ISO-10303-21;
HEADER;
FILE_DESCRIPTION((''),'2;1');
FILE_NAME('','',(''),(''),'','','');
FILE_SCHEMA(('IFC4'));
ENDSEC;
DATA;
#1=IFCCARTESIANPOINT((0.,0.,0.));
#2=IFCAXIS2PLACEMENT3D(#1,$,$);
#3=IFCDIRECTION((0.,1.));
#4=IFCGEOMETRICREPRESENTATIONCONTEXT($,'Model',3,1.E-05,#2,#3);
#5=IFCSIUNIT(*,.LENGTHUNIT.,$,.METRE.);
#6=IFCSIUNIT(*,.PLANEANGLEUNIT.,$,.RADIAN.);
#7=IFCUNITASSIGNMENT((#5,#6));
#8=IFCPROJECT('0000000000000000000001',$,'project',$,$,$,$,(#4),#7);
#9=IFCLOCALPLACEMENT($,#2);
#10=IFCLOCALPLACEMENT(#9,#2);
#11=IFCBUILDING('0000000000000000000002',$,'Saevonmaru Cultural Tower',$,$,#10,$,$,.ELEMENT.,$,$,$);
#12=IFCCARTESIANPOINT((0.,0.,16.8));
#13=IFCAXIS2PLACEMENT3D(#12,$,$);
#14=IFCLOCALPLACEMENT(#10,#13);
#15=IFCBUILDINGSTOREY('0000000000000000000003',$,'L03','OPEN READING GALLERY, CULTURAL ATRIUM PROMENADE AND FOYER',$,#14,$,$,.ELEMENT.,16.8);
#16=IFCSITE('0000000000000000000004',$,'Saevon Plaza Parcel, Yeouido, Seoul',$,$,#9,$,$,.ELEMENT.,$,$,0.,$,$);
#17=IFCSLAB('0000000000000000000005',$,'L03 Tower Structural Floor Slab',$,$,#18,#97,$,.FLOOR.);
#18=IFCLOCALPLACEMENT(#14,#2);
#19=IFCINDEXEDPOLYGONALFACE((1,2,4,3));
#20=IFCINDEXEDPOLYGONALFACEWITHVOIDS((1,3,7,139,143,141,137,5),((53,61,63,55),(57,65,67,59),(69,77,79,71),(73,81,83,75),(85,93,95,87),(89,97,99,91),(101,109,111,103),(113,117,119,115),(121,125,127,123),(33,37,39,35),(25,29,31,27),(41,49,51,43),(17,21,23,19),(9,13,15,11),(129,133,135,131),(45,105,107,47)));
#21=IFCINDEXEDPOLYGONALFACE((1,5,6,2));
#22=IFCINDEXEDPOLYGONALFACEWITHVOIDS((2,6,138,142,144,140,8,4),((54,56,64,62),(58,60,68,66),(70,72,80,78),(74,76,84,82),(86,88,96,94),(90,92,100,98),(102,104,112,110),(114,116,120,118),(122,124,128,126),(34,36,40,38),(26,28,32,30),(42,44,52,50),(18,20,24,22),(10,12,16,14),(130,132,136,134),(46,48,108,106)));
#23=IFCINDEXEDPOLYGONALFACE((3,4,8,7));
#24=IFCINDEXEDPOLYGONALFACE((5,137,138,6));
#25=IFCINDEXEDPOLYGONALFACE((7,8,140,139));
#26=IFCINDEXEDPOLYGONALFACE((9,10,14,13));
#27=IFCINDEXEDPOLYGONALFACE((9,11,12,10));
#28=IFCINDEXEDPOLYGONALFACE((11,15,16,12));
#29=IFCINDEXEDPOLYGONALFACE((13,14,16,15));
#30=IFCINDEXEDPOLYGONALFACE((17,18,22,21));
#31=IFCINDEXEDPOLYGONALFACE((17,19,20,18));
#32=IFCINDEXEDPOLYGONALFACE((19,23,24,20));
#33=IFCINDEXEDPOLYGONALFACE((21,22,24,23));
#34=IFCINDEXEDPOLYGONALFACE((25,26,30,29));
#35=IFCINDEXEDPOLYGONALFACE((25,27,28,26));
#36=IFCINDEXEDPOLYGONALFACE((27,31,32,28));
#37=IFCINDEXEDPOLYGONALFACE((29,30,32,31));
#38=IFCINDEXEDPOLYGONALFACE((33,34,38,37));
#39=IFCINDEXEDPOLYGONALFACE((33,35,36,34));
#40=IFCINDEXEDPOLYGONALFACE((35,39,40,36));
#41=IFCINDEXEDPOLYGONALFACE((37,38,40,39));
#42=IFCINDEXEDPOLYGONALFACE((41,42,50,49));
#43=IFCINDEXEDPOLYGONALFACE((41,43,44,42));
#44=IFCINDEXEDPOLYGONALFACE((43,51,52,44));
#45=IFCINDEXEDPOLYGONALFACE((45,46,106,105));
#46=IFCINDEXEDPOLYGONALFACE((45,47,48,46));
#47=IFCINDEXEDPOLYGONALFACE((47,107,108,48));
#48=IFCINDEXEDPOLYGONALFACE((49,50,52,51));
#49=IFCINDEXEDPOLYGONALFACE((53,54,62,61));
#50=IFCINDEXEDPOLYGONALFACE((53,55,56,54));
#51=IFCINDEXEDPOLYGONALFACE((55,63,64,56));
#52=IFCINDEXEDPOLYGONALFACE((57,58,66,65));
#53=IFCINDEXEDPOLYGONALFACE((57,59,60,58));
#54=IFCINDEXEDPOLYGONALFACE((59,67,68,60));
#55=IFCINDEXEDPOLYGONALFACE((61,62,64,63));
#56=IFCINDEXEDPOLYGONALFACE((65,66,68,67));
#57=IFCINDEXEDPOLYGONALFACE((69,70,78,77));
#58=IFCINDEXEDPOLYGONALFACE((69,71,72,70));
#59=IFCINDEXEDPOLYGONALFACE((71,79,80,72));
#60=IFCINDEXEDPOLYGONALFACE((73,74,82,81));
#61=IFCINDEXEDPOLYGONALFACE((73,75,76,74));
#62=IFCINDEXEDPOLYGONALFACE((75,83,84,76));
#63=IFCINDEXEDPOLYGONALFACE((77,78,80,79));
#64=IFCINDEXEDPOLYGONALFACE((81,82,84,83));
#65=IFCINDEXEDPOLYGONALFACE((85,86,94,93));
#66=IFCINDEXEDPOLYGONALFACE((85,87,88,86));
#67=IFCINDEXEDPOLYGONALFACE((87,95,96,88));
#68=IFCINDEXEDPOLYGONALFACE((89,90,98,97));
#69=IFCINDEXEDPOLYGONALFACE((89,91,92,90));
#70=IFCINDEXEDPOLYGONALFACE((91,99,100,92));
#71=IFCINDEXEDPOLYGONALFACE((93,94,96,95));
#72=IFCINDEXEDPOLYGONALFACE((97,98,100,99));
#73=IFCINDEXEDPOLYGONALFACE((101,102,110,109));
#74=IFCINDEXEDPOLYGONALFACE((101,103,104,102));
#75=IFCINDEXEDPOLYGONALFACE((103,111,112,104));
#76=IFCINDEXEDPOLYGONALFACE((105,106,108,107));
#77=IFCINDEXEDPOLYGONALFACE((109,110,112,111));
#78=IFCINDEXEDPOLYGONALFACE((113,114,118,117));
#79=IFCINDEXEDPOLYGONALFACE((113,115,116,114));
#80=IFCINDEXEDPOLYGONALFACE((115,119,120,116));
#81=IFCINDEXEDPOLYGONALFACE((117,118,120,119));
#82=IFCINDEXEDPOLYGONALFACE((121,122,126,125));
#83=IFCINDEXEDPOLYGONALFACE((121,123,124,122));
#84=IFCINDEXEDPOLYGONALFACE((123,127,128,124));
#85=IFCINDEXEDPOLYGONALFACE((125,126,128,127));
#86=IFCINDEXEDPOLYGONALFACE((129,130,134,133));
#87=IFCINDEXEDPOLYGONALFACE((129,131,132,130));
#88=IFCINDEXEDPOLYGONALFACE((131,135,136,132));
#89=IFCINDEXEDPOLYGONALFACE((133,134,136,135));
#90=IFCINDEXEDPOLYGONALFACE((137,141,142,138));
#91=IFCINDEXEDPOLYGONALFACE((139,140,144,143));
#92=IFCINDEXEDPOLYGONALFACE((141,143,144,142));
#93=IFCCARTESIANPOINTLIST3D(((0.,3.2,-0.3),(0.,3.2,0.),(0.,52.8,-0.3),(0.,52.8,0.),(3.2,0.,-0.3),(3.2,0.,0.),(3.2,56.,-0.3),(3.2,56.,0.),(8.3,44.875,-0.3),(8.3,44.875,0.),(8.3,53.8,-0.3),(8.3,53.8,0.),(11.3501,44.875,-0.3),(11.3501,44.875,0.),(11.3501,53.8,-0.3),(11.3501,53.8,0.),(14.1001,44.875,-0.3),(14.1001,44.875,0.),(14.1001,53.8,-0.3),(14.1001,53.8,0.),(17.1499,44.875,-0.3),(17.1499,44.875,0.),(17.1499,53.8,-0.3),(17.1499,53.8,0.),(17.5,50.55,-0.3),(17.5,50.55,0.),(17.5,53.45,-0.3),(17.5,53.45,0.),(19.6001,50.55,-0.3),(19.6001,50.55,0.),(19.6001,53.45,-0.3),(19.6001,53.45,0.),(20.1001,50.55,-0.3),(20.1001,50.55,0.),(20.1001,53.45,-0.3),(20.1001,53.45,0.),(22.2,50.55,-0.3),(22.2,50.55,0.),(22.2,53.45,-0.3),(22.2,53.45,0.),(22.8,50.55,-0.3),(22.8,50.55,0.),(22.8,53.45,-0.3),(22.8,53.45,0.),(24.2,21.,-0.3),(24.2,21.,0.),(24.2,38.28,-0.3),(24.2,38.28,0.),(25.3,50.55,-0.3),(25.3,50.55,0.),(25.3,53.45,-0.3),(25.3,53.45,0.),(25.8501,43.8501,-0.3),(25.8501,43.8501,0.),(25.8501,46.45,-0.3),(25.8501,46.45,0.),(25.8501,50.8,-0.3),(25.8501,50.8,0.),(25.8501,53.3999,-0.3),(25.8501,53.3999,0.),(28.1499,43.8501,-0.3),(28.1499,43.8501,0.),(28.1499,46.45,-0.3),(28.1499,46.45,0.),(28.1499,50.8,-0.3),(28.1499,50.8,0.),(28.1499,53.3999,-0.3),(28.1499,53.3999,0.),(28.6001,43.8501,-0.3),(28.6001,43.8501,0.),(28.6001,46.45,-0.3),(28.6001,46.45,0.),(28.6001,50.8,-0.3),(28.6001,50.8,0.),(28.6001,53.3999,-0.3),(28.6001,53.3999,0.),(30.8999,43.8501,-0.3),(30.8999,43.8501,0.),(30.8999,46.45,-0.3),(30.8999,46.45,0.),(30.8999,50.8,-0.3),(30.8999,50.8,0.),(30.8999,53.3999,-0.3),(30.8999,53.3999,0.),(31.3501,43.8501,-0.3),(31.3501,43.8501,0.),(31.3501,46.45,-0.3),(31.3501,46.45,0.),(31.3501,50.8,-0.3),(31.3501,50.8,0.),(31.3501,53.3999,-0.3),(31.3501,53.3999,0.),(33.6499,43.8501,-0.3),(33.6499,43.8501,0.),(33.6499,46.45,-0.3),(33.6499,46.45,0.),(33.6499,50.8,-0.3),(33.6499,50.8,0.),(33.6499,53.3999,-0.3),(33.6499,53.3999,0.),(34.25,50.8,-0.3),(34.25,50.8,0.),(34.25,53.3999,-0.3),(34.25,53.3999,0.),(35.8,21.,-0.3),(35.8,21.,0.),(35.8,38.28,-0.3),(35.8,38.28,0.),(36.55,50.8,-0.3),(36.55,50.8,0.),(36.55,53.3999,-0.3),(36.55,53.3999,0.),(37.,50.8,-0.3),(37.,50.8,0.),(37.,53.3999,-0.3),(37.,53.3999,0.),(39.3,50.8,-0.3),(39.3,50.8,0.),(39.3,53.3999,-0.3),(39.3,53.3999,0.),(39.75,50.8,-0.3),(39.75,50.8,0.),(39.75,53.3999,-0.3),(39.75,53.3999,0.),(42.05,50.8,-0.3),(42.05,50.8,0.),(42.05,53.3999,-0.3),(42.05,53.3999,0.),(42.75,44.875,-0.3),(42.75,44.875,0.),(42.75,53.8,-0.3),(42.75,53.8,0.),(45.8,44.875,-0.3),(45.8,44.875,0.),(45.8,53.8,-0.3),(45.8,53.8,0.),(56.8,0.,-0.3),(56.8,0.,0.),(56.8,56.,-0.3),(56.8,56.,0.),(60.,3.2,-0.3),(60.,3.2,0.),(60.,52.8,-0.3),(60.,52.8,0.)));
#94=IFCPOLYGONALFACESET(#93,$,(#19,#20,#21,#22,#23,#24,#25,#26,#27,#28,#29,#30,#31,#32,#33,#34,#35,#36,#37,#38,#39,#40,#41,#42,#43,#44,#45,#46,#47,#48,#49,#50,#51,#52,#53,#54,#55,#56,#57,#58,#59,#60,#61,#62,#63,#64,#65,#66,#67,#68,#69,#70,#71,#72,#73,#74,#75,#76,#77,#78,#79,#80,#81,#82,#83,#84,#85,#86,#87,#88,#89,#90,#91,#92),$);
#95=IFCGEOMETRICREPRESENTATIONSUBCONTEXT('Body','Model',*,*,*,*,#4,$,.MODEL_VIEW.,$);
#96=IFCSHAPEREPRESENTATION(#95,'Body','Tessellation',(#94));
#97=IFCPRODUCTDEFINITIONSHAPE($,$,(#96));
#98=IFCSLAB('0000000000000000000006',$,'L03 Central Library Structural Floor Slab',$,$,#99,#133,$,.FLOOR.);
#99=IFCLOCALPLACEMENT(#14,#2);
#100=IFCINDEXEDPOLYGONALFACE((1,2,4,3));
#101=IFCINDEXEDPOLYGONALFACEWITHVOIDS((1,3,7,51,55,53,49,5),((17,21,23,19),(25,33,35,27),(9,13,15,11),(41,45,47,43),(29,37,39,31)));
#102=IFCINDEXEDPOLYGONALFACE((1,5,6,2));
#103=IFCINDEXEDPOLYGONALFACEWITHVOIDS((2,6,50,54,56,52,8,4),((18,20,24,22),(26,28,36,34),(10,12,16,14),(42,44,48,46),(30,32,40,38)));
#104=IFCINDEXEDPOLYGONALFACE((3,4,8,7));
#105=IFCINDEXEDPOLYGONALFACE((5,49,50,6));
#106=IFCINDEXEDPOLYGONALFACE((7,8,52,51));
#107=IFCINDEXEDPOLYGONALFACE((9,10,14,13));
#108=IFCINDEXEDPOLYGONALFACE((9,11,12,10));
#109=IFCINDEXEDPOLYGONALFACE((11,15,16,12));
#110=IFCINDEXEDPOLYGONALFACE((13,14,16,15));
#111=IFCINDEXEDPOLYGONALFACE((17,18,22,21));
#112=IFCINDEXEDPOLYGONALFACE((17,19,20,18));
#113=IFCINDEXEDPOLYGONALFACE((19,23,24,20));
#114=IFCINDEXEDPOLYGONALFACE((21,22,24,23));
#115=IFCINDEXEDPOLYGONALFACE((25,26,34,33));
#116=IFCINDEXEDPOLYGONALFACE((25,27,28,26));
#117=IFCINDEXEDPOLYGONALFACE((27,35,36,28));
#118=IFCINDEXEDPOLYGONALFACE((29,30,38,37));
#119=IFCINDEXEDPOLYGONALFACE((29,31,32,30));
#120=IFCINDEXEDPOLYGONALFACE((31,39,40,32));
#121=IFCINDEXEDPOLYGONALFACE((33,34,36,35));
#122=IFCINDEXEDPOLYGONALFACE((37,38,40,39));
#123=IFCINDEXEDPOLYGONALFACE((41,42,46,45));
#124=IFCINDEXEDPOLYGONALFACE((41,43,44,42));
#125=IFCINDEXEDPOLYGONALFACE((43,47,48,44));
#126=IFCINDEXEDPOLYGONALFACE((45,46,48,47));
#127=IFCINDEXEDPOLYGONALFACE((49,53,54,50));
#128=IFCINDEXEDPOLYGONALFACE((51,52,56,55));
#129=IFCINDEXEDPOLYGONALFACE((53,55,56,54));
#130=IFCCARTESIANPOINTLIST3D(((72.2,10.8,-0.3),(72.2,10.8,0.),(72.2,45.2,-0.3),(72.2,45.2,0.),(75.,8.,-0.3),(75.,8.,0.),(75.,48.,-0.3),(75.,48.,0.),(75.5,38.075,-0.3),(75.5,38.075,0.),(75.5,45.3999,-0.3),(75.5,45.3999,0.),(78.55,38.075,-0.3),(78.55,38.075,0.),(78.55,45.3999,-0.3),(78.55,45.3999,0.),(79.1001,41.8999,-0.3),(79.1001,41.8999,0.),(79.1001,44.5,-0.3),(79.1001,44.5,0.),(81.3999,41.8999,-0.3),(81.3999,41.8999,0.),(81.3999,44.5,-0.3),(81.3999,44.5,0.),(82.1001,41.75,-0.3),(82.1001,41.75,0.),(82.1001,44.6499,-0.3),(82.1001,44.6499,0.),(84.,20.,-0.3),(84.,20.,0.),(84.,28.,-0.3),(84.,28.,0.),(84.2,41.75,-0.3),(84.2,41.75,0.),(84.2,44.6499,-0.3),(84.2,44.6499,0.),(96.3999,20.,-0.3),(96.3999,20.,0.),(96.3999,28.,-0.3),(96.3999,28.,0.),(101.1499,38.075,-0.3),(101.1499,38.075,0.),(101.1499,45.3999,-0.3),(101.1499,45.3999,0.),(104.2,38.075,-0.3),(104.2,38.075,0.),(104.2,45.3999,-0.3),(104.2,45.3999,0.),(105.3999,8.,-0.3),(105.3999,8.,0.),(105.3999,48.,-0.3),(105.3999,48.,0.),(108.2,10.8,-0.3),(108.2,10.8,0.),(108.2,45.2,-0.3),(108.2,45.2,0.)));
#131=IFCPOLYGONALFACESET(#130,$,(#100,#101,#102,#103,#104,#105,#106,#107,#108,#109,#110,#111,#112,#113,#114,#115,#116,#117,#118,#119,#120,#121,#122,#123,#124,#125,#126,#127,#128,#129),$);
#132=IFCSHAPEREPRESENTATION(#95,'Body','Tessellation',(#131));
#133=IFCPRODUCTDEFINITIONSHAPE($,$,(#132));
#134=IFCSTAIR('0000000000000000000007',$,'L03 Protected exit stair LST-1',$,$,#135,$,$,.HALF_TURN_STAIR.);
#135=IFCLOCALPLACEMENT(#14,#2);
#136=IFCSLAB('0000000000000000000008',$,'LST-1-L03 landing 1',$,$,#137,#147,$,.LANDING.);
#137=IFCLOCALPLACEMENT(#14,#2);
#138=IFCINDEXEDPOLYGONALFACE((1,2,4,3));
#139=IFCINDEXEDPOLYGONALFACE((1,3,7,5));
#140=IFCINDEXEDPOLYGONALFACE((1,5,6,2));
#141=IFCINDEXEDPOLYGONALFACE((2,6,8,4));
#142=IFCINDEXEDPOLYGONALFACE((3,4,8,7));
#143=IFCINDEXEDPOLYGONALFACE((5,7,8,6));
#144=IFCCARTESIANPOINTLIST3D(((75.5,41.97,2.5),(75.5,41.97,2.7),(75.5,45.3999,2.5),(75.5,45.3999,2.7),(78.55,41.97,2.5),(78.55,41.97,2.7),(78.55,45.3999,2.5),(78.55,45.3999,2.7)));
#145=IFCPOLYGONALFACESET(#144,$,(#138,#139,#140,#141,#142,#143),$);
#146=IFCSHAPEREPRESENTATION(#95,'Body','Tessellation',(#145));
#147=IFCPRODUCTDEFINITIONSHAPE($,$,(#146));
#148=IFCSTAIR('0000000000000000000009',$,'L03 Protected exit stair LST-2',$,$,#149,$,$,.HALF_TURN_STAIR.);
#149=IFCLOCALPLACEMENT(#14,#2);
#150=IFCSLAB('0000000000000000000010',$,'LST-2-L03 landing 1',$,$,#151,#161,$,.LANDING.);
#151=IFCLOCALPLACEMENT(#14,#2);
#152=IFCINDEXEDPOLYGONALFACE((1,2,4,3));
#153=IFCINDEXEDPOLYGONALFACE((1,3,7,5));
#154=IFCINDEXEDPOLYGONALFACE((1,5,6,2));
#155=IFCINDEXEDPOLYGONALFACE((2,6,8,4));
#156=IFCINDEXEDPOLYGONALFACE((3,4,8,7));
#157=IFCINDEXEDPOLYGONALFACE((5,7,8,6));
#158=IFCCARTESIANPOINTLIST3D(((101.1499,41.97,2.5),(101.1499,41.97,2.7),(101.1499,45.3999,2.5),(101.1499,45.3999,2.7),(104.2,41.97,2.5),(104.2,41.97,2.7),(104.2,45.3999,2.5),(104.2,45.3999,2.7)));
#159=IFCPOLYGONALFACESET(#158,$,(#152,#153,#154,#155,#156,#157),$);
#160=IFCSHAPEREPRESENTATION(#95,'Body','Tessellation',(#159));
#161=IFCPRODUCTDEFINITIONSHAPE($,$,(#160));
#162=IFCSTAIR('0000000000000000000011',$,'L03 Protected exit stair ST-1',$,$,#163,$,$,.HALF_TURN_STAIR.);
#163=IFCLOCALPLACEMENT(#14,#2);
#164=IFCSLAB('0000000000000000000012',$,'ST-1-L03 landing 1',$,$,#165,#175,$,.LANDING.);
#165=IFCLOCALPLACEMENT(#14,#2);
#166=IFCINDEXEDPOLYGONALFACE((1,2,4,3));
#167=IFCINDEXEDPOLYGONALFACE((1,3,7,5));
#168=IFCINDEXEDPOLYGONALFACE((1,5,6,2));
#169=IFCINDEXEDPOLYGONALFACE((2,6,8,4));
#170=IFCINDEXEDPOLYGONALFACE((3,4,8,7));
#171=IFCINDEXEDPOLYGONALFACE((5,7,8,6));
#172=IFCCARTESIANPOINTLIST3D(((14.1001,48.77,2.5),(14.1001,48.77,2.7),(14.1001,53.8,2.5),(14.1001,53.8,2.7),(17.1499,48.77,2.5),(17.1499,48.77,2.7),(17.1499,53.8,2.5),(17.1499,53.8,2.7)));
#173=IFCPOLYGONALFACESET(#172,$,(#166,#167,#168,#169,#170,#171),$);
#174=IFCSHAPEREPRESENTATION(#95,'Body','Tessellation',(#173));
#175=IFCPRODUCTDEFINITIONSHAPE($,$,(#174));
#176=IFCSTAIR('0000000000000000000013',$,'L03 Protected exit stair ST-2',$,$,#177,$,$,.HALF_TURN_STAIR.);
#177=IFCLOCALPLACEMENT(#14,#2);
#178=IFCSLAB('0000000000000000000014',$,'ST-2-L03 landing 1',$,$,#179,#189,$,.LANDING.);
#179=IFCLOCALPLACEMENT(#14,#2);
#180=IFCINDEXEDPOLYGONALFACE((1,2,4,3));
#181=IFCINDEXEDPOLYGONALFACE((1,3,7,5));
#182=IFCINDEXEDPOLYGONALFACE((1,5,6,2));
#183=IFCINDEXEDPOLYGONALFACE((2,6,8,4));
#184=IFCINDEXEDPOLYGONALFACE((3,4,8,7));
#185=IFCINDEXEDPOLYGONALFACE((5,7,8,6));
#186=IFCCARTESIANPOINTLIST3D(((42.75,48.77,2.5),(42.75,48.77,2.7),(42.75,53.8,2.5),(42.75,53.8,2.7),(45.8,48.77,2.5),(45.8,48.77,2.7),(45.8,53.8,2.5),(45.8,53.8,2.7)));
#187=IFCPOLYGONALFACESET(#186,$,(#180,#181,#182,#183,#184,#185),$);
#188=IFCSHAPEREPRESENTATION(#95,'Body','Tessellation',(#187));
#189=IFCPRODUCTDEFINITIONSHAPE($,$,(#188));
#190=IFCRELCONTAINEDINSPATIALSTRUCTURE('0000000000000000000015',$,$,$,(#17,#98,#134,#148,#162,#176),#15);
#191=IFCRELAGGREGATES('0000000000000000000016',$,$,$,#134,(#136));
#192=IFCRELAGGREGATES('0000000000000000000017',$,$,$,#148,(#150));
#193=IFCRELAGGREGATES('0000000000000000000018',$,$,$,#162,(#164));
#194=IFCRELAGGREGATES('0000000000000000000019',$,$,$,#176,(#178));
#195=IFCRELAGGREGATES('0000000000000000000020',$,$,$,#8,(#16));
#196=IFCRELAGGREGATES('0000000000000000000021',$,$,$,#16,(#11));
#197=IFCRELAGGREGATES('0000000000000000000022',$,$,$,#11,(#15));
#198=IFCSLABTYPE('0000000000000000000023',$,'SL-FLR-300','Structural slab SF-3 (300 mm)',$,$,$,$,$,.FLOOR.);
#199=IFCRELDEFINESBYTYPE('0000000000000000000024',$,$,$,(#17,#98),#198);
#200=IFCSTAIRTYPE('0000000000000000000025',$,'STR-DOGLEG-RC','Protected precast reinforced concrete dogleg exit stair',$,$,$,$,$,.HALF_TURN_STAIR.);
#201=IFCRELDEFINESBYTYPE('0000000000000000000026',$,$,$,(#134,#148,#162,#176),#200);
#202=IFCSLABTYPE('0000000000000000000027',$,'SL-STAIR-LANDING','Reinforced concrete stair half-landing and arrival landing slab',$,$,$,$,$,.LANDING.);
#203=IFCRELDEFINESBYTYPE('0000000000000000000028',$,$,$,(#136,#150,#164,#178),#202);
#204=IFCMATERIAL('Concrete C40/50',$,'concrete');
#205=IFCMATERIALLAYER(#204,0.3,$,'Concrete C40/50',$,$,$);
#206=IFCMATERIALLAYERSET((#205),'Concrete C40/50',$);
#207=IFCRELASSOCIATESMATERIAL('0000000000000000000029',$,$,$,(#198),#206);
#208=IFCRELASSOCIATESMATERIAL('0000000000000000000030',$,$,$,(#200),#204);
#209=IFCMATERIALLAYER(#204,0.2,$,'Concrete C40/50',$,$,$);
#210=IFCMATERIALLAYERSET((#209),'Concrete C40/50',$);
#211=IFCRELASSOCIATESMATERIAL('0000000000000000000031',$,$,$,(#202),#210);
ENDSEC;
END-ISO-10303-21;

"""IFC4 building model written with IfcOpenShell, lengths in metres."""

from ifc_helpers import new_model, si_unit, direction, frame, origin, place, context, subcontext, project, spatial, polyline, outline, extrude, material, layer, layer_set, type_object, element, aggregate, save


model = new_model("IFC4")

# Units and contexts
model_context = context("Model", 3, precision=1e-05, world=origin(), true_north=direction((0.0, 1.0)))
body_context = subcontext(model_context, "Body", "Model", "MODEL_VIEW")
ifc_project = project(units=[si_unit("LENGTHUNIT", "METRE"), si_unit("PLANEANGLEUNIT", "RADIAN")], contexts=[model_context])

# Site, building, storey
site_placement = place(None, origin())
site = spatial("IfcSite", under=ifc_project, at=site_placement, Name="Saevon Plaza Parcel, Yeouido, Seoul", CompositionType="ELEMENT", RefElevation=0.0)
building_placement = place(site_placement, origin())
building = spatial("IfcBuilding", under=site, at=building_placement, Name="Saevonmaru Cultural Tower", CompositionType="ELEMENT")
storey_placement = place(building_placement, frame((0.0, 0.0, 16.8)))
storey = spatial("IfcBuildingStorey", under=building, at=storey_placement, Name="L03", Description="OPEN READING GALLERY, CULTURAL ATRIUM PROMENADE AND FOYER", CompositionType="ELEMENT", Elevation=16.8)

# Shared definitions
ifc_material_1 = material(Name="Concrete C40/50", Category="concrete")

# Slabs
ifc_layer_1 = layer(ifc_material_1, 0.3, Name="Concrete C40/50")
ifc_layer_set_1 = layer_set([ifc_layer_1], Name="Concrete C40/50")
slab_type_1 = type_object("IfcSlabType", Name="SL-FLR-300", Description="Structural slab SF-3 (300 mm)", PredefinedType="FLOOR", material=ifc_layer_set_1)
slab_1_placement = place(storey_placement, frame((0.0, 0.0, -0.3)))
element("IfcSlab", 1, at=slab_1_placement, inside=storey, type_object=slab_type_1, Name="L03 Tower Structural Floor Slab", PredefinedType="FLOOR", context=body_context, shape_type="SweptSolid", body=[
    extrude(outline(polyline([(0.0, 3.2), (3.2, 0.0), (56.8, 0.0), (60.0, 3.2), (60.0, 52.8), (56.8, 56.0), (3.2, 56.0), (0.0, 52.8), (0.0, 3.2)]), holes=[polyline([(45.8, 44.875), (42.75, 44.875), (42.75, 53.8), (45.8, 53.8), (45.8, 44.875)]), polyline([(39.75, 50.8), (39.75, 53.3999), (42.05, 53.3999), (42.05, 50.8), (39.75, 50.8)]), polyline([(37.0, 50.8), (37.0, 53.3999), (39.3, 53.3999), (39.3, 50.8), (37.0, 50.8)]), polyline([(34.25, 50.8), (34.25, 53.3999), (36.55, 53.3999), (36.55, 50.8), (34.25, 50.8)]), polyline([(24.2, 21.0), (24.2, 38.28), (35.8, 38.28), (35.8, 21.0), (24.2, 21.0)]), polyline([(31.3501, 50.8), (31.3501, 53.3999), (33.6499, 53.3999), (33.6499, 50.8), (31.3501, 50.8)]), polyline([(31.3501, 43.8501), (31.3501, 46.45), (33.6499, 46.45), (33.6499, 43.8501), (31.3501, 43.8501)]), polyline([(28.6001, 43.8501), (28.6001, 46.45), (30.8999, 46.45), (30.8999, 43.8501), (28.6001, 43.8501)]), polyline([(28.6001, 50.8), (28.6001, 53.3999), (30.8999, 53.3999), (30.8999, 50.8), (28.6001, 50.8)]), polyline([(25.8501, 50.8), (25.8501, 53.3999), (28.1499, 53.3999), (28.1499, 50.8), (25.8501, 50.8)]), polyline([(25.8501, 43.8501), (25.8501, 46.45), (28.1499, 46.45), (28.1499, 43.8501), (25.8501, 43.8501)]), polyline([(22.8, 50.55), (22.8, 53.45), (25.3, 53.45), (25.3, 50.55), (22.8, 50.55)]), polyline([(20.1001, 50.55), (20.1001, 53.45), (22.2, 53.45), (22.2, 50.55), (20.1001, 50.55)]), polyline([(17.5, 50.55), (17.5, 53.45), (19.6001, 53.45), (19.6001, 50.55), (17.5, 50.55)]), polyline([(17.1499, 44.875), (14.1001, 44.875), (14.1001, 53.8), (17.1499, 53.8), (17.1499, 44.875)]), polyline([(11.3501, 44.875), (8.3, 44.875), (8.3, 53.8), (11.3501, 53.8), (11.3501, 44.875)])]), origin(), (0.0, 0.0, 1.0), 0.3),
])
slab_2_placement = place(storey_placement, frame((0.0, 0.0, -0.3)))
element("IfcSlab", 2, at=slab_2_placement, inside=storey, type_object=slab_type_1, Name="L03 Central Library Structural Floor Slab", PredefinedType="FLOOR", context=body_context, shape_type="SweptSolid", body=[
    extrude(outline(polyline([(72.2, 10.8), (75.0, 8.0), (105.3999, 8.0), (108.2, 10.8), (108.2, 45.2), (105.3999, 48.0), (75.0, 48.0), (72.2, 45.2), (72.2, 10.8)]), holes=[polyline([(101.1499, 45.3999), (104.2, 45.3999), (104.2, 38.075), (101.1499, 38.075), (101.1499, 45.3999)]), polyline([(96.3999, 28.0), (96.3999, 20.0), (84.0, 20.0), (84.0, 28.0), (96.3999, 28.0)]), polyline([(84.2, 41.75), (82.1001, 41.75), (82.1001, 44.6499), (84.2, 44.6499), (84.2, 41.75)]), polyline([(81.3999, 41.8999), (79.1001, 41.8999), (79.1001, 44.5), (81.3999, 44.5), (81.3999, 41.8999)]), polyline([(75.5, 45.3999), (78.55, 45.3999), (78.55, 38.075), (75.5, 38.075), (75.5, 45.3999)])]), origin(), (0.0, 0.0, 1.0), 0.3),
])

# Stairs, slabs
stair_type = type_object("IfcStairType", Name="STR-DOGLEG-RC", Description="Protected precast reinforced concrete dogleg exit stair", PredefinedType="HALF_TURN_STAIR", material=ifc_material_1)
stair_1_placement = place(storey_placement, origin())
stair_1 = element("IfcStair", 3, at=stair_1_placement, inside=storey, type_object=stair_type, Name="L03 Protected exit stair LST-1", PredefinedType="HALF_TURN_STAIR")
ifc_layer_2 = layer(ifc_material_1, 0.2, Name="Concrete C40/50")
ifc_layer_set_2 = layer_set([ifc_layer_2], Name="Concrete C40/50")
slab_type_2 = type_object("IfcSlabType", Name="SL-STAIR-LANDING", Description="Reinforced concrete stair half-landing and arrival landing slab", PredefinedType="LANDING", material=ifc_layer_set_2)
slab_3_placement = place(storey_placement, frame((0.0, 0.0, 2.5)))
slab_3 = element("IfcSlab", 4, at=slab_3_placement, type_object=slab_type_2, Name="LST-1-L03 landing 1", PredefinedType="LANDING", context=body_context, shape_type="SweptSolid", body=[
    extrude(outline(polyline([(78.55, 41.97), (78.55, 45.3999), (75.5, 45.3999), (75.5, 41.97), (78.55, 41.97)])), origin(), (0.0, 0.0, 1.0), 0.2),
])
aggregate(stair_1, [slab_3])
stair_2_placement = place(storey_placement, origin())
stair_2 = element("IfcStair", 5, at=stair_2_placement, inside=storey, type_object=stair_type, Name="L03 Protected exit stair LST-2", PredefinedType="HALF_TURN_STAIR")
slab_4_placement = place(storey_placement, frame((0.0, 0.0, 2.5)))
slab_4 = element("IfcSlab", 6, at=slab_4_placement, type_object=slab_type_2, Name="LST-2-L03 landing 1", PredefinedType="LANDING", context=body_context, shape_type="SweptSolid", body=[
    extrude(outline(polyline([(104.2, 41.97), (104.2, 45.3999), (101.1499, 45.3999), (101.1499, 41.97), (104.2, 41.97)])), origin(), (0.0, 0.0, 1.0), 0.2),
])
aggregate(stair_2, [slab_4])
stair_3_placement = place(storey_placement, origin())
stair_3 = element("IfcStair", 7, at=stair_3_placement, inside=storey, type_object=stair_type, Name="L03 Protected exit stair ST-1", PredefinedType="HALF_TURN_STAIR")
slab_5_placement = place(storey_placement, frame((0.0, 0.0, 2.5)))
slab_5 = element("IfcSlab", 8, at=slab_5_placement, type_object=slab_type_2, Name="ST-1-L03 landing 1", PredefinedType="LANDING", context=body_context, shape_type="SweptSolid", body=[
    extrude(outline(polyline([(17.1499, 48.77), (17.1499, 53.8), (14.1001, 53.8), (14.1001, 48.77), (17.1499, 48.77)])), origin(), (0.0, 0.0, 1.0), 0.2),
])
aggregate(stair_3, [slab_5])
stair_4_placement = place(storey_placement, origin())
stair_4 = element("IfcStair", 9, at=stair_4_placement, inside=storey, type_object=stair_type, Name="L03 Protected exit stair ST-2", PredefinedType="HALF_TURN_STAIR")
slab_6_placement = place(storey_placement, frame((0.0, 0.0, 2.5)))
slab_6 = element("IfcSlab", 10, at=slab_6_placement, type_object=slab_type_2, Name="ST-2-L03 landing 1", PredefinedType="LANDING", context=body_context, shape_type="SweptSolid", body=[
    extrude(outline(polyline([(45.8, 48.77), (45.8, 53.8), (42.75, 53.8), (42.75, 48.77), (45.8, 48.77)])), origin(), (0.0, 0.0, 1.0), 0.2),
])
aggregate(stair_4, [slab_6])

save(model, "model.ifc")
